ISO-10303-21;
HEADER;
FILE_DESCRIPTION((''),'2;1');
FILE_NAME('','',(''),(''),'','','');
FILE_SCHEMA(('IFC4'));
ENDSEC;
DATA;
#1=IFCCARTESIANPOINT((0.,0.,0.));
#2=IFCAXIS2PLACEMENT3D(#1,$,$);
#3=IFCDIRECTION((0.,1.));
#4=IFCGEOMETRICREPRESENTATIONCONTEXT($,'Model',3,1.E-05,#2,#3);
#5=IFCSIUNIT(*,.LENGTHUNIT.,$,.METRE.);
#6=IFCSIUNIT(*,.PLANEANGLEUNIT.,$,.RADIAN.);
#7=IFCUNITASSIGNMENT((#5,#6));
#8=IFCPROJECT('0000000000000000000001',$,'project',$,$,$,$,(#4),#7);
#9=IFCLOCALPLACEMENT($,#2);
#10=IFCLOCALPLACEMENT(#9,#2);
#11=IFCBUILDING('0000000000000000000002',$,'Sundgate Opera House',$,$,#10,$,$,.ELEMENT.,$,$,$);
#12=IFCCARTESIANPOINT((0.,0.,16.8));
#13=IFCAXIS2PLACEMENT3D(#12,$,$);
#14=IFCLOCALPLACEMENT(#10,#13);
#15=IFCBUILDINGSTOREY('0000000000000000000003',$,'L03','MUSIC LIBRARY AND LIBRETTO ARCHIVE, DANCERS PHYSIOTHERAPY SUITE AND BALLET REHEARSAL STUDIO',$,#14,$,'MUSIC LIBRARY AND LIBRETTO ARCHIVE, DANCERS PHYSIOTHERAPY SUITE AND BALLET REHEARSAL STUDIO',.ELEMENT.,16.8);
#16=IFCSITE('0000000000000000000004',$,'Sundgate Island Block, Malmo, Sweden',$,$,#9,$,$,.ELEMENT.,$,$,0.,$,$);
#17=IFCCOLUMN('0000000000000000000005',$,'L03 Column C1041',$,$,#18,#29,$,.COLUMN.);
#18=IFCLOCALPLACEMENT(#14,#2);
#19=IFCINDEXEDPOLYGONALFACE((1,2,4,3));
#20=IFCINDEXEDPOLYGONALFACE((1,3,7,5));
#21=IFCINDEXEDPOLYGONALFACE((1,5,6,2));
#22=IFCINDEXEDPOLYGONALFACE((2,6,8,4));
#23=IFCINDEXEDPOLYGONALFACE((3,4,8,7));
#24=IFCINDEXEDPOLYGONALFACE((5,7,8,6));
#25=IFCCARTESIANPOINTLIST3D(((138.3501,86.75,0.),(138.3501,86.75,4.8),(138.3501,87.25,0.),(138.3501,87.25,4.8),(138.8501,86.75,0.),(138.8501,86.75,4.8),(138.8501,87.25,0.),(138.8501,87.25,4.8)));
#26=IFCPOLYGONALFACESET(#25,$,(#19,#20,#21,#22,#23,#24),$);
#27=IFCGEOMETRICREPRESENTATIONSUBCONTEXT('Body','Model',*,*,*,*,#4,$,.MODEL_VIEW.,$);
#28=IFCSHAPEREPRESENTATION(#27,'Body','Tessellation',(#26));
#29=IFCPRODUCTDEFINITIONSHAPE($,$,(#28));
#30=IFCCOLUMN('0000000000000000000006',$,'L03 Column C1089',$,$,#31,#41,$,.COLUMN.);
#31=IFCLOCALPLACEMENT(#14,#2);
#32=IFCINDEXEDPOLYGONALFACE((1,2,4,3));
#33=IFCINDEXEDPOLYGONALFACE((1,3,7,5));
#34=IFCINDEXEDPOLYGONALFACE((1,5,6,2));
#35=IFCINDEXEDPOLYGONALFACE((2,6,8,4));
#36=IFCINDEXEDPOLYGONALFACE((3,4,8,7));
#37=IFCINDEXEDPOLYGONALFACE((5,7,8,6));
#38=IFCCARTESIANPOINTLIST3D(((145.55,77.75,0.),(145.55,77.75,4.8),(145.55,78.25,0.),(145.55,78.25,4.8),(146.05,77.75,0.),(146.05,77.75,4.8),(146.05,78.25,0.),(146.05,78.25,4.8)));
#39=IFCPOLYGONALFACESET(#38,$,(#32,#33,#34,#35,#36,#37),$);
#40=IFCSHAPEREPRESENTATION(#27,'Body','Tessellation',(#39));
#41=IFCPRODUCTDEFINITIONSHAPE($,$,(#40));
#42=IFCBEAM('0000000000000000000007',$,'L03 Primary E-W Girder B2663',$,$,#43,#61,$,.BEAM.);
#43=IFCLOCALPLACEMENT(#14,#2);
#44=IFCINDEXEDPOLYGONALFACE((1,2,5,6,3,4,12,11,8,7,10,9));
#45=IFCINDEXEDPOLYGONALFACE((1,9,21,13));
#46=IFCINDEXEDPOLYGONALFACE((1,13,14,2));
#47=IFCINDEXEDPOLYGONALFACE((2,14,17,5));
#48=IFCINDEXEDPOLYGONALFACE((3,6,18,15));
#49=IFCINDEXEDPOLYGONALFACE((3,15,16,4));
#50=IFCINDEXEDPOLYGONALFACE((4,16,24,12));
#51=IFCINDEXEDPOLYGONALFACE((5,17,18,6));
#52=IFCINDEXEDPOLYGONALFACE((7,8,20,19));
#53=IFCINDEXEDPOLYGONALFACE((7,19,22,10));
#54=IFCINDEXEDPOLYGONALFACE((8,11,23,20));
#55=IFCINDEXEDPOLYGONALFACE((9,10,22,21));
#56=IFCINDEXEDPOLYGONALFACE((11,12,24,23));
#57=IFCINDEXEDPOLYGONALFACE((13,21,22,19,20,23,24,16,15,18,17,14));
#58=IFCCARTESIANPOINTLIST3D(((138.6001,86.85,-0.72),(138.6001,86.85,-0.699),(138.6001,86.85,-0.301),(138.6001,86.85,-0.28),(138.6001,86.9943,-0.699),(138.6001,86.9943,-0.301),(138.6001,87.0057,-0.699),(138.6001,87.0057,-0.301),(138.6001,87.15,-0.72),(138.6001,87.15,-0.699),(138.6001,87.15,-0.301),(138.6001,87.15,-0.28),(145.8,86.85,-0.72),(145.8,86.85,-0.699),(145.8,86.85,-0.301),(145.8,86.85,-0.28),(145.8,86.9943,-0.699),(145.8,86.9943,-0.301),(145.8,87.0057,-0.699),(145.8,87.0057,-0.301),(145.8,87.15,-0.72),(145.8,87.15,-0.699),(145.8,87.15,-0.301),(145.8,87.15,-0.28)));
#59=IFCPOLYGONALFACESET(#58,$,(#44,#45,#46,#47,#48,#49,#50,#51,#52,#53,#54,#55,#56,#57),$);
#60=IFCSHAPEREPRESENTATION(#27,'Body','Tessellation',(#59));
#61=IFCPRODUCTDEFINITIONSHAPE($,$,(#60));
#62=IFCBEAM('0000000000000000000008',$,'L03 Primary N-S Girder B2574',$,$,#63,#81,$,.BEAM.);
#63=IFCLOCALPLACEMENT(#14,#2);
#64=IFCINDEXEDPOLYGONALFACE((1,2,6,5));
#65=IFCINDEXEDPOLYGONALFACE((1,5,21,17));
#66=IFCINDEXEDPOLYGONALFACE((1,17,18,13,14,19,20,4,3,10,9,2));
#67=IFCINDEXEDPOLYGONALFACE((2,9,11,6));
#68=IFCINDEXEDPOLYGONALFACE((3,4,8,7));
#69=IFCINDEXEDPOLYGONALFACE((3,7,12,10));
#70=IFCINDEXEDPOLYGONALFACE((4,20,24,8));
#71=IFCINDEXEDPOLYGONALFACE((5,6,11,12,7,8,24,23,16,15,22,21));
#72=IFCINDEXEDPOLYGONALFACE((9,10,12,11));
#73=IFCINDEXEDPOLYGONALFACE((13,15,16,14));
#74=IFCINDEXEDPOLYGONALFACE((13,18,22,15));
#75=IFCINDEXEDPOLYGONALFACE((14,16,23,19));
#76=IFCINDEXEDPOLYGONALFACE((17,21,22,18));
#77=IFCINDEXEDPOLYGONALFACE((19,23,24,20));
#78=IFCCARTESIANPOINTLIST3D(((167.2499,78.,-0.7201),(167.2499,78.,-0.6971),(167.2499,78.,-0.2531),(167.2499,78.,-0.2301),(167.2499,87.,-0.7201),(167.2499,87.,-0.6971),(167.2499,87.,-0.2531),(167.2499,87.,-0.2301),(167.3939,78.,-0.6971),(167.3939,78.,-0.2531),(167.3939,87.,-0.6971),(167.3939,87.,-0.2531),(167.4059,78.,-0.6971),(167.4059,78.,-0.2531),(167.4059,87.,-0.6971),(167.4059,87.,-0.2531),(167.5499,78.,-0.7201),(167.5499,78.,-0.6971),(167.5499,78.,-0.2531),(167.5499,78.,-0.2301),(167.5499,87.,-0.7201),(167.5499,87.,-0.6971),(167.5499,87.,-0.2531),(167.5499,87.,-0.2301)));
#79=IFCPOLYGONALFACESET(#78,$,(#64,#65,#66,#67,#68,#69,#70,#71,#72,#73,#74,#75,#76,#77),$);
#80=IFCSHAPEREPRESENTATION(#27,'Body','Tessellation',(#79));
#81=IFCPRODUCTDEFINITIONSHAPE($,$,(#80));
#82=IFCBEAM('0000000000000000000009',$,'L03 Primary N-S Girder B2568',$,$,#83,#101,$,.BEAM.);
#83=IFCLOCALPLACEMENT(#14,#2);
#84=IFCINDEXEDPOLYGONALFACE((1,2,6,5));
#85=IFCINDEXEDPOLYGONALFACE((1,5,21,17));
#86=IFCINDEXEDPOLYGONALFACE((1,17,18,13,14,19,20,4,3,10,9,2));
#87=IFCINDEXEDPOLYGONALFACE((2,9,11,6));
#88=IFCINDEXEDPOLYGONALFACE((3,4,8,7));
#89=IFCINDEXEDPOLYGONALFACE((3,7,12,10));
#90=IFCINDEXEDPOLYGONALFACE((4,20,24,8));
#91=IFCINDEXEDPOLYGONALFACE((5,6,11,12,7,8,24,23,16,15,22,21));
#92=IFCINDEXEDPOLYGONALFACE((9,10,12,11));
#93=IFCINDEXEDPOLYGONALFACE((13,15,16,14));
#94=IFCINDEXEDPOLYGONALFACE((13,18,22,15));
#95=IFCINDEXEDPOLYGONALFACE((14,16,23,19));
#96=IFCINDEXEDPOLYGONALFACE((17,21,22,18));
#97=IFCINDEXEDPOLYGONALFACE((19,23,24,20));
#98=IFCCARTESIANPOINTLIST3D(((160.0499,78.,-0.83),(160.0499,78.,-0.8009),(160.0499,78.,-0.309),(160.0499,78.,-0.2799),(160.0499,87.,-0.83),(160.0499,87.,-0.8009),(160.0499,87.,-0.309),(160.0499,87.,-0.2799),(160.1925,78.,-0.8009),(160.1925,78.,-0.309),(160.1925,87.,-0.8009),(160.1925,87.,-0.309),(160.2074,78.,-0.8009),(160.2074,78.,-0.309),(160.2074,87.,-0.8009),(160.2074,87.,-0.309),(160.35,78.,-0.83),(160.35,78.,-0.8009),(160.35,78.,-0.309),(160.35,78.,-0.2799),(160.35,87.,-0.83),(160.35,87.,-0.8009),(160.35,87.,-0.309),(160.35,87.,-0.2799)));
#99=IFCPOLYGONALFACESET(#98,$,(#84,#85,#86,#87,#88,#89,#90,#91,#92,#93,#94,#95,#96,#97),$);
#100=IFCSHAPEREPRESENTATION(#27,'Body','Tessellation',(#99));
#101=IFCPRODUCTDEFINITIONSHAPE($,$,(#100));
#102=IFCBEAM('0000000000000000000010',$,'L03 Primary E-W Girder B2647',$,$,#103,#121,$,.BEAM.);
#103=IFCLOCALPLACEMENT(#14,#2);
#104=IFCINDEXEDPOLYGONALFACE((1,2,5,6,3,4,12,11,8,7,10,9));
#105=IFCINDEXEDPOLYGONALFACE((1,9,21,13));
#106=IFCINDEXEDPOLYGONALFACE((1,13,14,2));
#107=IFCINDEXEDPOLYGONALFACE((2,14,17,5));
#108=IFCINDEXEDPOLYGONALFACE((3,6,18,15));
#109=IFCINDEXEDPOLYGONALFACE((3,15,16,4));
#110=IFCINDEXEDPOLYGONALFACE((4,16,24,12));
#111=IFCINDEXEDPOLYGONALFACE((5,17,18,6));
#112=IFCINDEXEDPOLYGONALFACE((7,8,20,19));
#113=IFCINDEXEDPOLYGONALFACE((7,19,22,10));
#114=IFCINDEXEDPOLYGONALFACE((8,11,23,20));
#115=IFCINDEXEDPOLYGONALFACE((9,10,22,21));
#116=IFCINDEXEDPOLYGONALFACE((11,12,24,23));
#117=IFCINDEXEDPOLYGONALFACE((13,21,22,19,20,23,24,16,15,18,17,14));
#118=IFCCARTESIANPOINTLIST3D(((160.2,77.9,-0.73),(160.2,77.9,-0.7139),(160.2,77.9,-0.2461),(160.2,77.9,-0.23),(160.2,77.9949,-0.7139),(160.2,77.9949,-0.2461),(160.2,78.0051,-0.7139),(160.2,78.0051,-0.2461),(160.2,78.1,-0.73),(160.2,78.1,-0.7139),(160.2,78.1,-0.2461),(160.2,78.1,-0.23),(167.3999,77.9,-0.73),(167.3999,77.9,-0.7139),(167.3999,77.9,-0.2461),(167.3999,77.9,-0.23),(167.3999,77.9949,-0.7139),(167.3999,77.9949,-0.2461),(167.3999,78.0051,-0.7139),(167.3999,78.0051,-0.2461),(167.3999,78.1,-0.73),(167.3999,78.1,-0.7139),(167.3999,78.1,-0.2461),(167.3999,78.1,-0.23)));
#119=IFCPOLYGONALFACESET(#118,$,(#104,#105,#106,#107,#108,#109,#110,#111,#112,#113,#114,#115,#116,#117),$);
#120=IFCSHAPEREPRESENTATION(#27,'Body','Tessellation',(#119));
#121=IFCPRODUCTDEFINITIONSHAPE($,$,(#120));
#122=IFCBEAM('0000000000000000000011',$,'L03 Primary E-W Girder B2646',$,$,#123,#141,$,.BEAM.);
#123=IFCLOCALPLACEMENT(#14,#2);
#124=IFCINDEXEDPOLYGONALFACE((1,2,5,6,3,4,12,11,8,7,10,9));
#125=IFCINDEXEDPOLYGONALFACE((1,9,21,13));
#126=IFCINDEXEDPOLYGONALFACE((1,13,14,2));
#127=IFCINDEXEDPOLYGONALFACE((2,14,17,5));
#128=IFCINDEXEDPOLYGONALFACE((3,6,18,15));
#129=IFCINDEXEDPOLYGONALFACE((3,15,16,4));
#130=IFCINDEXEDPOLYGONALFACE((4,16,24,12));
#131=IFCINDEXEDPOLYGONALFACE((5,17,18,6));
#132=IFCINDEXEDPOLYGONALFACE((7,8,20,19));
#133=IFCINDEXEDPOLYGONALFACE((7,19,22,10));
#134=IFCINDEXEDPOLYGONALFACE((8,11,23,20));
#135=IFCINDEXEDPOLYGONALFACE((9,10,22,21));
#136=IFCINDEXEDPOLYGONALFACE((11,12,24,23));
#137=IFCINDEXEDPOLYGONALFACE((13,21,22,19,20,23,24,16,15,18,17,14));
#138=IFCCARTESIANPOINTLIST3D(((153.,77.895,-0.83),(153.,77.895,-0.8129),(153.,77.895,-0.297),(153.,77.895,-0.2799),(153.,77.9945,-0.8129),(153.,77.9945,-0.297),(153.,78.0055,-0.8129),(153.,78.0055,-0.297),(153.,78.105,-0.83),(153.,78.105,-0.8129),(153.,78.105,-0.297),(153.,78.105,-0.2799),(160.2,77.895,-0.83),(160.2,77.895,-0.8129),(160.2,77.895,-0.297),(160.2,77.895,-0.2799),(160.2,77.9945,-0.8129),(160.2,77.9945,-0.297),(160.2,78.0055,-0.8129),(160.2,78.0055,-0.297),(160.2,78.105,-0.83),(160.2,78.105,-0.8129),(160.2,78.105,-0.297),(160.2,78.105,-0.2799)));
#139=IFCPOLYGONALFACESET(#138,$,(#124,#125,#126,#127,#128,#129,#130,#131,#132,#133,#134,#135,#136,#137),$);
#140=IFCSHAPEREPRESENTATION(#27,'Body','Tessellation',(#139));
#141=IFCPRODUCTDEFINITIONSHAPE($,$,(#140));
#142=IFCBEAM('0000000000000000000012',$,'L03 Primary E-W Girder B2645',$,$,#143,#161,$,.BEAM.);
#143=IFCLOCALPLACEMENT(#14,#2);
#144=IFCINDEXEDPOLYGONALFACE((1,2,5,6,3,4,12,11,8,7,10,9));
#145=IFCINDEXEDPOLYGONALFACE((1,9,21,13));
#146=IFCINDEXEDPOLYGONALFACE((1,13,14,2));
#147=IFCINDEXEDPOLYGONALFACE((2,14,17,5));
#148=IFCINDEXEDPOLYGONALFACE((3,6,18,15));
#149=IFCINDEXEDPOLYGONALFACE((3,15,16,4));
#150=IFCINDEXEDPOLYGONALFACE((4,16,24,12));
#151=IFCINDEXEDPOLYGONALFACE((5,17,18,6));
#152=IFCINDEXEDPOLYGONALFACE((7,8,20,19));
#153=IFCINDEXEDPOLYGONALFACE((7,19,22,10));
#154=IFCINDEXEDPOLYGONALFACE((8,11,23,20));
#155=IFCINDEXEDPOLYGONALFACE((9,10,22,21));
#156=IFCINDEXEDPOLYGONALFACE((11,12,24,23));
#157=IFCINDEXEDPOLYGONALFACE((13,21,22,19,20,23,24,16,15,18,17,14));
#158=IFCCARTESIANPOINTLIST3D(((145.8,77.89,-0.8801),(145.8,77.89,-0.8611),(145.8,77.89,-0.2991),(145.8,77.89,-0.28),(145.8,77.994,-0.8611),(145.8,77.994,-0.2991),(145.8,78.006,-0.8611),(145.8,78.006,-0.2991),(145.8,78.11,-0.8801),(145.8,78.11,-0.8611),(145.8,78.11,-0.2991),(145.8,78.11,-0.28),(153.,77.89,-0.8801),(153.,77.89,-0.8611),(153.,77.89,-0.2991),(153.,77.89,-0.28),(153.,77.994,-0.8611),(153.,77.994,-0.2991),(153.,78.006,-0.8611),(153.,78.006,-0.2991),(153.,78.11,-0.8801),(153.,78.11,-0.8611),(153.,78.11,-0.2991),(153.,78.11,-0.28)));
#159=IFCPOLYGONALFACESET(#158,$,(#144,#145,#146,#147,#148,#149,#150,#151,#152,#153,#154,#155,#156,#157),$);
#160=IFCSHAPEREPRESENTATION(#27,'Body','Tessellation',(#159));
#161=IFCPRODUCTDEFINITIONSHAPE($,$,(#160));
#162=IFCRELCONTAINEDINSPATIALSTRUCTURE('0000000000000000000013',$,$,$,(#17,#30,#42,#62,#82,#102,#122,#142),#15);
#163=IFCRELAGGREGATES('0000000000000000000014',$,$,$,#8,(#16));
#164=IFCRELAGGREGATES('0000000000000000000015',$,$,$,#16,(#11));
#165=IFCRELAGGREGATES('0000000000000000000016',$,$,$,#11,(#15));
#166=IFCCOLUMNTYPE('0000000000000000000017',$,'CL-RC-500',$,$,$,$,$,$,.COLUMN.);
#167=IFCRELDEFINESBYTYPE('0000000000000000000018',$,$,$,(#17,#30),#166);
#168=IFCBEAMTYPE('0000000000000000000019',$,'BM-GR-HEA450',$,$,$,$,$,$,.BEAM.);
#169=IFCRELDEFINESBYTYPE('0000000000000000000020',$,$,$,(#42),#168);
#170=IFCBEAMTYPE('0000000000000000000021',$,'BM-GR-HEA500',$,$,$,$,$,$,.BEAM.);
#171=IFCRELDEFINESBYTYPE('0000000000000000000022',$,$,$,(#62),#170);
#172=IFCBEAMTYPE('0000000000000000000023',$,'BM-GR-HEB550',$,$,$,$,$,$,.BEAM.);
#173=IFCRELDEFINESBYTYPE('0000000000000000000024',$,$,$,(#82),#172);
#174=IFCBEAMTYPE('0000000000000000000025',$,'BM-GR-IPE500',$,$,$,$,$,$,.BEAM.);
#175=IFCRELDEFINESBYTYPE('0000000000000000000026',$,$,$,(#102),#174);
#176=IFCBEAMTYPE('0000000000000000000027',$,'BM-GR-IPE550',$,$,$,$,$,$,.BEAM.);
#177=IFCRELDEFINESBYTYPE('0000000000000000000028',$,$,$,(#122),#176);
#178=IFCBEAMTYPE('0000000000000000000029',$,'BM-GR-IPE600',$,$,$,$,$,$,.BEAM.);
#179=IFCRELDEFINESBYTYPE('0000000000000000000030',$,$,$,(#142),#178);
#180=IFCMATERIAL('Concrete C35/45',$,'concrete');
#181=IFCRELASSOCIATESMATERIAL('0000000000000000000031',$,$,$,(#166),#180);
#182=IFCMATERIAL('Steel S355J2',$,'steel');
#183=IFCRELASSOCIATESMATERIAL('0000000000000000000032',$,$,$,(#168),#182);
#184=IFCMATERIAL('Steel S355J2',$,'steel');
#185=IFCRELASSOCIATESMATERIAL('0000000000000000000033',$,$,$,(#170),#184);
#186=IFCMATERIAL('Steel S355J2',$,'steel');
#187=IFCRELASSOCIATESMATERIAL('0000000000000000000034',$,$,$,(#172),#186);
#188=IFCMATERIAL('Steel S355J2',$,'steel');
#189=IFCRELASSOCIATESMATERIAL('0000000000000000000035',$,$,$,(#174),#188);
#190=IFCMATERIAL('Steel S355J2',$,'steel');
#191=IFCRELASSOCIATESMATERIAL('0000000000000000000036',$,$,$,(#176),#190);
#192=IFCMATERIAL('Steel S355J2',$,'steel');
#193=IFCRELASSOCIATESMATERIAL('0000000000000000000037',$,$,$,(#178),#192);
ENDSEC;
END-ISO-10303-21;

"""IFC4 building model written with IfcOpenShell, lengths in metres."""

from ifc_helpers import new_model, si_unit, direction, frame, origin, origin_2d, place, context, subcontext, project, spatial, rectangle, i_section, extrude, material, material_profile, profile_set, type_object, element, save


model = new_model("IFC4")

# Units and contexts
model_context = context("Model", 3, precision=1e-05, world=origin(), true_north=direction((0.0, 1.0)))
body_context = subcontext(model_context, "Body", "Model", "MODEL_VIEW")
ifc_project = project(units=[si_unit("LENGTHUNIT", "METRE"), si_unit("PLANEANGLEUNIT", "RADIAN")], contexts=[model_context])

# Site, building, storey
site_placement = place(None, origin())
site = spatial("IfcSite", under=ifc_project, at=site_placement, Name="Sundgate Island Block, Malmo, Sweden", CompositionType="ELEMENT", RefElevation=0.0)
building_placement = place(site_placement, origin())
building = spatial("IfcBuilding", under=site, at=building_placement, Name="Sundgate Opera House", CompositionType="ELEMENT")
storey_placement = place(building_placement, frame((0.0, 0.0, 16.8)))
storey = spatial("IfcBuildingStorey", under=building, at=storey_placement, Name="L03", Description="MUSIC LIBRARY AND LIBRETTO ARCHIVE, DANCERS PHYSIOTHERAPY SUITE AND BALLET REHEARSAL STUDIO", LongName="MUSIC LIBRARY AND LIBRETTO ARCHIVE, DANCERS PHYSIOTHERAPY SUITE AND BALLET REHEARSAL STUDIO", CompositionType="ELEMENT", Elevation=16.8)

# Columns
ifc_material_1 = material(Name="Concrete C35/45", Category="concrete")
ifc_material_profile_1 = material_profile(ifc_material_1, rectangle(XDim=0.5, YDim=0.5, at=origin_2d()), Name="RC 500x500")
ifc_profile_set_1 = profile_set([ifc_material_profile_1], Name="Concrete C35/45")
column_type = type_object("IfcColumnType", Name="CL-RC-500", PredefinedType="COLUMN", material=ifc_profile_set_1)
for number, where, z_axis, x_axis, name in (
    (1, (138.6001, 87.0, 0.0), (0.0, 0.0, 1.0), (1.0, 0.0, 0.0), "L03 Column C1041"),
    (2, (145.8, 78.0, 0.0), (0.0, 0.0, 1.0), (1.0, 0.0, 0.0), "L03 Column C1089"),
):
    element("IfcColumn", number, at=place(storey_placement, frame(where, z_axis=z_axis, x_axis=x_axis)), inside=storey, type_object=column_type, Name=name, PredefinedType="COLUMN", context=body_context, shape_type="SweptSolid", body=[
        extrude(rectangle(XDim=0.5, YDim=0.5, at=origin_2d()), origin(), (0.0, 0.0, 1.0), 4.8),
    ])

# Beams
ifc_material_2 = material(Name="Steel S355J2", Category="steel")
ifc_material_profile_2 = material_profile(ifc_material_2, i_section(OverallWidth=0.3, OverallDepth=0.4399, WebThickness=0.0115, FlangeThickness=0.021, at=origin_2d()), Name="HEA 450")
ifc_profile_set_2 = profile_set([ifc_material_profile_2], Name="Steel S355J2")
beam_type_1 = type_object("IfcBeamType", Name="BM-GR-HEA450", PredefinedType="BEAM", material=ifc_profile_set_2)
beam_1_placement = place(storey_placement, frame((138.6001, 87.0, -0.5), z_axis=(1.0, 0.0, 0.0), x_axis=(0.0, 1.0, 0.0)))
element("IfcBeam", 3, at=beam_1_placement, inside=storey, type_object=beam_type_1, Name="L03 Primary E-W Girder B2663", PredefinedType="BEAM", context=body_context, shape_type="SweptSolid", body=[
    extrude(i_section(OverallWidth=0.3, OverallDepth=0.4399, WebThickness=0.0115, FlangeThickness=0.021, at=origin_2d()), origin(), (0.0, 0.0, 1.0), 7.2),
])
ifc_material_3 = material(Name="Steel S355J2", Category="steel")
ifc_material_profile_3 = material_profile(ifc_material_3, i_section(OverallWidth=0.3, OverallDepth=0.49, WebThickness=0.012, FlangeThickness=0.0229, at=origin_2d()), Name="HEA 500")
ifc_profile_set_3 = profile_set([ifc_material_profile_3], Name="Steel S355J2")
beam_type_2 = type_object("IfcBeamType", Name="BM-GR-HEA500", PredefinedType="BEAM", material=ifc_profile_set_3)
beam_2_placement = place(storey_placement, frame((167.3999, 78.0, -0.4751), z_axis=(0.0, 1.0, 0.0), x_axis=(-1.0, 0.0, 0.0)))
element("IfcBeam", 4, at=beam_2_placement, inside=storey, type_object=beam_type_2, Name="L03 Primary N-S Girder B2574", PredefinedType="BEAM", context=body_context, shape_type="SweptSolid", body=[
    extrude(i_section(OverallWidth=0.3, OverallDepth=0.49, WebThickness=0.012, FlangeThickness=0.0229, at=origin_2d()), origin(), (0.0, 0.0, 1.0), 9.0),
])
ifc_material_4 = material(Name="Steel S355J2", Category="steel")
ifc_material_profile_4 = material_profile(ifc_material_4, i_section(OverallWidth=0.3, OverallDepth=0.55, WebThickness=0.0149, FlangeThickness=0.0291, at=origin_2d()), Name="HEB 550")
ifc_profile_set_4 = profile_set([ifc_material_profile_4], Name="Steel S355J2")
beam_type_3 = type_object("IfcBeamType", Name="BM-GR-HEB550", PredefinedType="BEAM", material=ifc_profile_set_4)
beam_3_placement = place(storey_placement, frame((160.2, 78.0, -0.5549), z_axis=(0.0, 1.0, 0.0), x_axis=(-1.0, 0.0, 0.0)))
element("IfcBeam", 5, at=beam_3_placement, inside=storey, type_object=beam_type_3, Name="L03 Primary N-S Girder B2568", PredefinedType="BEAM", context=body_context, shape_type="SweptSolid", body=[
    extrude(i_section(OverallWidth=0.3, OverallDepth=0.55, WebThickness=0.0149, FlangeThickness=0.0291, at=origin_2d()), origin(), (0.0, 0.0, 1.0), 9.0),
])
ifc_material_5 = material(Name="Steel S355J2", Category="steel")
ifc_material_profile_5 = material_profile(ifc_material_5, i_section(OverallWidth=0.2, OverallDepth=0.5, WebThickness=0.0103, FlangeThickness=0.0161, at=origin_2d()), Name="IPE 500")
ifc_profile_set_5 = profile_set([ifc_material_profile_5], Name="Steel S355J2")
beam_type_4 = type_object("IfcBeamType", Name="BM-GR-IPE500", PredefinedType="BEAM", material=ifc_profile_set_5)
beam_4_placement = place(storey_placement, frame((160.2, 78.0, -0.48), z_axis=(1.0, 0.0, 0.0), x_axis=(0.0, 1.0, 0.0)))
element("IfcBeam", 6, at=beam_4_placement, inside=storey, type_object=beam_type_4, Name="L03 Primary E-W Girder B2647", PredefinedType="BEAM", context=body_context, shape_type="SweptSolid", body=[
    extrude(i_section(OverallWidth=0.2, OverallDepth=0.5, WebThickness=0.0103, FlangeThickness=0.0161, at=origin_2d()), origin(), (0.0, 0.0, 1.0), 7.2),
])
ifc_material_6 = material(Name="Steel S355J2", Category="steel")
ifc_material_profile_6 = material_profile(ifc_material_6, i_section(OverallWidth=0.21, OverallDepth=0.55, WebThickness=0.011, FlangeThickness=0.0171, at=origin_2d()), Name="IPE 550")
ifc_profile_set_6 = profile_set([ifc_material_profile_6], Name="Steel S355J2")
beam_type_5 = type_object("IfcBeamType", Name="BM-GR-IPE550", PredefinedType="BEAM", material=ifc_profile_set_6)
beam_5_placement = place(storey_placement, frame((153.0, 78.0, -0.5549), z_axis=(1.0, 0.0, 0.0), x_axis=(0.0, 1.0, 0.0)))
element("IfcBeam", 7, at=beam_5_placement, inside=storey, type_object=beam_type_5, Name="L03 Primary E-W Girder B2646", PredefinedType="BEAM", context=body_context, shape_type="SweptSolid", body=[
    extrude(i_section(OverallWidth=0.21, OverallDepth=0.55, WebThickness=0.011, FlangeThickness=0.0171, at=origin_2d()), origin(), (0.0, 0.0, 1.0), 7.2),
])
ifc_material_7 = material(Name="Steel S355J2", Category="steel")
ifc_material_profile_7 = material_profile(ifc_material_7, i_section(OverallWidth=0.22, OverallDepth=0.6001, WebThickness=0.012, FlangeThickness=0.019, at=origin_2d()), Name="IPE 600")
ifc_profile_set_7 = profile_set([ifc_material_profile_7], Name="Steel S355J2")
beam_type_6 = type_object("IfcBeamType", Name="BM-GR-IPE600", PredefinedType="BEAM", material=ifc_profile_set_7)
beam_6_placement = place(storey_placement, frame((145.8, 78.0, -0.5801), z_axis=(1.0, 0.0, 0.0), x_axis=(0.0, 1.0, 0.0)))
element("IfcBeam", 8, at=beam_6_placement, inside=storey, type_object=beam_type_6, Name="L03 Primary E-W Girder B2645", PredefinedType="BEAM", context=body_context, shape_type="SweptSolid", body=[
    extrude(i_section(OverallWidth=0.22, OverallDepth=0.6001, WebThickness=0.012, FlangeThickness=0.019, at=origin_2d()), origin(), (0.0, 0.0, 1.0), 7.2),
])

save(model, "model.ifc")
